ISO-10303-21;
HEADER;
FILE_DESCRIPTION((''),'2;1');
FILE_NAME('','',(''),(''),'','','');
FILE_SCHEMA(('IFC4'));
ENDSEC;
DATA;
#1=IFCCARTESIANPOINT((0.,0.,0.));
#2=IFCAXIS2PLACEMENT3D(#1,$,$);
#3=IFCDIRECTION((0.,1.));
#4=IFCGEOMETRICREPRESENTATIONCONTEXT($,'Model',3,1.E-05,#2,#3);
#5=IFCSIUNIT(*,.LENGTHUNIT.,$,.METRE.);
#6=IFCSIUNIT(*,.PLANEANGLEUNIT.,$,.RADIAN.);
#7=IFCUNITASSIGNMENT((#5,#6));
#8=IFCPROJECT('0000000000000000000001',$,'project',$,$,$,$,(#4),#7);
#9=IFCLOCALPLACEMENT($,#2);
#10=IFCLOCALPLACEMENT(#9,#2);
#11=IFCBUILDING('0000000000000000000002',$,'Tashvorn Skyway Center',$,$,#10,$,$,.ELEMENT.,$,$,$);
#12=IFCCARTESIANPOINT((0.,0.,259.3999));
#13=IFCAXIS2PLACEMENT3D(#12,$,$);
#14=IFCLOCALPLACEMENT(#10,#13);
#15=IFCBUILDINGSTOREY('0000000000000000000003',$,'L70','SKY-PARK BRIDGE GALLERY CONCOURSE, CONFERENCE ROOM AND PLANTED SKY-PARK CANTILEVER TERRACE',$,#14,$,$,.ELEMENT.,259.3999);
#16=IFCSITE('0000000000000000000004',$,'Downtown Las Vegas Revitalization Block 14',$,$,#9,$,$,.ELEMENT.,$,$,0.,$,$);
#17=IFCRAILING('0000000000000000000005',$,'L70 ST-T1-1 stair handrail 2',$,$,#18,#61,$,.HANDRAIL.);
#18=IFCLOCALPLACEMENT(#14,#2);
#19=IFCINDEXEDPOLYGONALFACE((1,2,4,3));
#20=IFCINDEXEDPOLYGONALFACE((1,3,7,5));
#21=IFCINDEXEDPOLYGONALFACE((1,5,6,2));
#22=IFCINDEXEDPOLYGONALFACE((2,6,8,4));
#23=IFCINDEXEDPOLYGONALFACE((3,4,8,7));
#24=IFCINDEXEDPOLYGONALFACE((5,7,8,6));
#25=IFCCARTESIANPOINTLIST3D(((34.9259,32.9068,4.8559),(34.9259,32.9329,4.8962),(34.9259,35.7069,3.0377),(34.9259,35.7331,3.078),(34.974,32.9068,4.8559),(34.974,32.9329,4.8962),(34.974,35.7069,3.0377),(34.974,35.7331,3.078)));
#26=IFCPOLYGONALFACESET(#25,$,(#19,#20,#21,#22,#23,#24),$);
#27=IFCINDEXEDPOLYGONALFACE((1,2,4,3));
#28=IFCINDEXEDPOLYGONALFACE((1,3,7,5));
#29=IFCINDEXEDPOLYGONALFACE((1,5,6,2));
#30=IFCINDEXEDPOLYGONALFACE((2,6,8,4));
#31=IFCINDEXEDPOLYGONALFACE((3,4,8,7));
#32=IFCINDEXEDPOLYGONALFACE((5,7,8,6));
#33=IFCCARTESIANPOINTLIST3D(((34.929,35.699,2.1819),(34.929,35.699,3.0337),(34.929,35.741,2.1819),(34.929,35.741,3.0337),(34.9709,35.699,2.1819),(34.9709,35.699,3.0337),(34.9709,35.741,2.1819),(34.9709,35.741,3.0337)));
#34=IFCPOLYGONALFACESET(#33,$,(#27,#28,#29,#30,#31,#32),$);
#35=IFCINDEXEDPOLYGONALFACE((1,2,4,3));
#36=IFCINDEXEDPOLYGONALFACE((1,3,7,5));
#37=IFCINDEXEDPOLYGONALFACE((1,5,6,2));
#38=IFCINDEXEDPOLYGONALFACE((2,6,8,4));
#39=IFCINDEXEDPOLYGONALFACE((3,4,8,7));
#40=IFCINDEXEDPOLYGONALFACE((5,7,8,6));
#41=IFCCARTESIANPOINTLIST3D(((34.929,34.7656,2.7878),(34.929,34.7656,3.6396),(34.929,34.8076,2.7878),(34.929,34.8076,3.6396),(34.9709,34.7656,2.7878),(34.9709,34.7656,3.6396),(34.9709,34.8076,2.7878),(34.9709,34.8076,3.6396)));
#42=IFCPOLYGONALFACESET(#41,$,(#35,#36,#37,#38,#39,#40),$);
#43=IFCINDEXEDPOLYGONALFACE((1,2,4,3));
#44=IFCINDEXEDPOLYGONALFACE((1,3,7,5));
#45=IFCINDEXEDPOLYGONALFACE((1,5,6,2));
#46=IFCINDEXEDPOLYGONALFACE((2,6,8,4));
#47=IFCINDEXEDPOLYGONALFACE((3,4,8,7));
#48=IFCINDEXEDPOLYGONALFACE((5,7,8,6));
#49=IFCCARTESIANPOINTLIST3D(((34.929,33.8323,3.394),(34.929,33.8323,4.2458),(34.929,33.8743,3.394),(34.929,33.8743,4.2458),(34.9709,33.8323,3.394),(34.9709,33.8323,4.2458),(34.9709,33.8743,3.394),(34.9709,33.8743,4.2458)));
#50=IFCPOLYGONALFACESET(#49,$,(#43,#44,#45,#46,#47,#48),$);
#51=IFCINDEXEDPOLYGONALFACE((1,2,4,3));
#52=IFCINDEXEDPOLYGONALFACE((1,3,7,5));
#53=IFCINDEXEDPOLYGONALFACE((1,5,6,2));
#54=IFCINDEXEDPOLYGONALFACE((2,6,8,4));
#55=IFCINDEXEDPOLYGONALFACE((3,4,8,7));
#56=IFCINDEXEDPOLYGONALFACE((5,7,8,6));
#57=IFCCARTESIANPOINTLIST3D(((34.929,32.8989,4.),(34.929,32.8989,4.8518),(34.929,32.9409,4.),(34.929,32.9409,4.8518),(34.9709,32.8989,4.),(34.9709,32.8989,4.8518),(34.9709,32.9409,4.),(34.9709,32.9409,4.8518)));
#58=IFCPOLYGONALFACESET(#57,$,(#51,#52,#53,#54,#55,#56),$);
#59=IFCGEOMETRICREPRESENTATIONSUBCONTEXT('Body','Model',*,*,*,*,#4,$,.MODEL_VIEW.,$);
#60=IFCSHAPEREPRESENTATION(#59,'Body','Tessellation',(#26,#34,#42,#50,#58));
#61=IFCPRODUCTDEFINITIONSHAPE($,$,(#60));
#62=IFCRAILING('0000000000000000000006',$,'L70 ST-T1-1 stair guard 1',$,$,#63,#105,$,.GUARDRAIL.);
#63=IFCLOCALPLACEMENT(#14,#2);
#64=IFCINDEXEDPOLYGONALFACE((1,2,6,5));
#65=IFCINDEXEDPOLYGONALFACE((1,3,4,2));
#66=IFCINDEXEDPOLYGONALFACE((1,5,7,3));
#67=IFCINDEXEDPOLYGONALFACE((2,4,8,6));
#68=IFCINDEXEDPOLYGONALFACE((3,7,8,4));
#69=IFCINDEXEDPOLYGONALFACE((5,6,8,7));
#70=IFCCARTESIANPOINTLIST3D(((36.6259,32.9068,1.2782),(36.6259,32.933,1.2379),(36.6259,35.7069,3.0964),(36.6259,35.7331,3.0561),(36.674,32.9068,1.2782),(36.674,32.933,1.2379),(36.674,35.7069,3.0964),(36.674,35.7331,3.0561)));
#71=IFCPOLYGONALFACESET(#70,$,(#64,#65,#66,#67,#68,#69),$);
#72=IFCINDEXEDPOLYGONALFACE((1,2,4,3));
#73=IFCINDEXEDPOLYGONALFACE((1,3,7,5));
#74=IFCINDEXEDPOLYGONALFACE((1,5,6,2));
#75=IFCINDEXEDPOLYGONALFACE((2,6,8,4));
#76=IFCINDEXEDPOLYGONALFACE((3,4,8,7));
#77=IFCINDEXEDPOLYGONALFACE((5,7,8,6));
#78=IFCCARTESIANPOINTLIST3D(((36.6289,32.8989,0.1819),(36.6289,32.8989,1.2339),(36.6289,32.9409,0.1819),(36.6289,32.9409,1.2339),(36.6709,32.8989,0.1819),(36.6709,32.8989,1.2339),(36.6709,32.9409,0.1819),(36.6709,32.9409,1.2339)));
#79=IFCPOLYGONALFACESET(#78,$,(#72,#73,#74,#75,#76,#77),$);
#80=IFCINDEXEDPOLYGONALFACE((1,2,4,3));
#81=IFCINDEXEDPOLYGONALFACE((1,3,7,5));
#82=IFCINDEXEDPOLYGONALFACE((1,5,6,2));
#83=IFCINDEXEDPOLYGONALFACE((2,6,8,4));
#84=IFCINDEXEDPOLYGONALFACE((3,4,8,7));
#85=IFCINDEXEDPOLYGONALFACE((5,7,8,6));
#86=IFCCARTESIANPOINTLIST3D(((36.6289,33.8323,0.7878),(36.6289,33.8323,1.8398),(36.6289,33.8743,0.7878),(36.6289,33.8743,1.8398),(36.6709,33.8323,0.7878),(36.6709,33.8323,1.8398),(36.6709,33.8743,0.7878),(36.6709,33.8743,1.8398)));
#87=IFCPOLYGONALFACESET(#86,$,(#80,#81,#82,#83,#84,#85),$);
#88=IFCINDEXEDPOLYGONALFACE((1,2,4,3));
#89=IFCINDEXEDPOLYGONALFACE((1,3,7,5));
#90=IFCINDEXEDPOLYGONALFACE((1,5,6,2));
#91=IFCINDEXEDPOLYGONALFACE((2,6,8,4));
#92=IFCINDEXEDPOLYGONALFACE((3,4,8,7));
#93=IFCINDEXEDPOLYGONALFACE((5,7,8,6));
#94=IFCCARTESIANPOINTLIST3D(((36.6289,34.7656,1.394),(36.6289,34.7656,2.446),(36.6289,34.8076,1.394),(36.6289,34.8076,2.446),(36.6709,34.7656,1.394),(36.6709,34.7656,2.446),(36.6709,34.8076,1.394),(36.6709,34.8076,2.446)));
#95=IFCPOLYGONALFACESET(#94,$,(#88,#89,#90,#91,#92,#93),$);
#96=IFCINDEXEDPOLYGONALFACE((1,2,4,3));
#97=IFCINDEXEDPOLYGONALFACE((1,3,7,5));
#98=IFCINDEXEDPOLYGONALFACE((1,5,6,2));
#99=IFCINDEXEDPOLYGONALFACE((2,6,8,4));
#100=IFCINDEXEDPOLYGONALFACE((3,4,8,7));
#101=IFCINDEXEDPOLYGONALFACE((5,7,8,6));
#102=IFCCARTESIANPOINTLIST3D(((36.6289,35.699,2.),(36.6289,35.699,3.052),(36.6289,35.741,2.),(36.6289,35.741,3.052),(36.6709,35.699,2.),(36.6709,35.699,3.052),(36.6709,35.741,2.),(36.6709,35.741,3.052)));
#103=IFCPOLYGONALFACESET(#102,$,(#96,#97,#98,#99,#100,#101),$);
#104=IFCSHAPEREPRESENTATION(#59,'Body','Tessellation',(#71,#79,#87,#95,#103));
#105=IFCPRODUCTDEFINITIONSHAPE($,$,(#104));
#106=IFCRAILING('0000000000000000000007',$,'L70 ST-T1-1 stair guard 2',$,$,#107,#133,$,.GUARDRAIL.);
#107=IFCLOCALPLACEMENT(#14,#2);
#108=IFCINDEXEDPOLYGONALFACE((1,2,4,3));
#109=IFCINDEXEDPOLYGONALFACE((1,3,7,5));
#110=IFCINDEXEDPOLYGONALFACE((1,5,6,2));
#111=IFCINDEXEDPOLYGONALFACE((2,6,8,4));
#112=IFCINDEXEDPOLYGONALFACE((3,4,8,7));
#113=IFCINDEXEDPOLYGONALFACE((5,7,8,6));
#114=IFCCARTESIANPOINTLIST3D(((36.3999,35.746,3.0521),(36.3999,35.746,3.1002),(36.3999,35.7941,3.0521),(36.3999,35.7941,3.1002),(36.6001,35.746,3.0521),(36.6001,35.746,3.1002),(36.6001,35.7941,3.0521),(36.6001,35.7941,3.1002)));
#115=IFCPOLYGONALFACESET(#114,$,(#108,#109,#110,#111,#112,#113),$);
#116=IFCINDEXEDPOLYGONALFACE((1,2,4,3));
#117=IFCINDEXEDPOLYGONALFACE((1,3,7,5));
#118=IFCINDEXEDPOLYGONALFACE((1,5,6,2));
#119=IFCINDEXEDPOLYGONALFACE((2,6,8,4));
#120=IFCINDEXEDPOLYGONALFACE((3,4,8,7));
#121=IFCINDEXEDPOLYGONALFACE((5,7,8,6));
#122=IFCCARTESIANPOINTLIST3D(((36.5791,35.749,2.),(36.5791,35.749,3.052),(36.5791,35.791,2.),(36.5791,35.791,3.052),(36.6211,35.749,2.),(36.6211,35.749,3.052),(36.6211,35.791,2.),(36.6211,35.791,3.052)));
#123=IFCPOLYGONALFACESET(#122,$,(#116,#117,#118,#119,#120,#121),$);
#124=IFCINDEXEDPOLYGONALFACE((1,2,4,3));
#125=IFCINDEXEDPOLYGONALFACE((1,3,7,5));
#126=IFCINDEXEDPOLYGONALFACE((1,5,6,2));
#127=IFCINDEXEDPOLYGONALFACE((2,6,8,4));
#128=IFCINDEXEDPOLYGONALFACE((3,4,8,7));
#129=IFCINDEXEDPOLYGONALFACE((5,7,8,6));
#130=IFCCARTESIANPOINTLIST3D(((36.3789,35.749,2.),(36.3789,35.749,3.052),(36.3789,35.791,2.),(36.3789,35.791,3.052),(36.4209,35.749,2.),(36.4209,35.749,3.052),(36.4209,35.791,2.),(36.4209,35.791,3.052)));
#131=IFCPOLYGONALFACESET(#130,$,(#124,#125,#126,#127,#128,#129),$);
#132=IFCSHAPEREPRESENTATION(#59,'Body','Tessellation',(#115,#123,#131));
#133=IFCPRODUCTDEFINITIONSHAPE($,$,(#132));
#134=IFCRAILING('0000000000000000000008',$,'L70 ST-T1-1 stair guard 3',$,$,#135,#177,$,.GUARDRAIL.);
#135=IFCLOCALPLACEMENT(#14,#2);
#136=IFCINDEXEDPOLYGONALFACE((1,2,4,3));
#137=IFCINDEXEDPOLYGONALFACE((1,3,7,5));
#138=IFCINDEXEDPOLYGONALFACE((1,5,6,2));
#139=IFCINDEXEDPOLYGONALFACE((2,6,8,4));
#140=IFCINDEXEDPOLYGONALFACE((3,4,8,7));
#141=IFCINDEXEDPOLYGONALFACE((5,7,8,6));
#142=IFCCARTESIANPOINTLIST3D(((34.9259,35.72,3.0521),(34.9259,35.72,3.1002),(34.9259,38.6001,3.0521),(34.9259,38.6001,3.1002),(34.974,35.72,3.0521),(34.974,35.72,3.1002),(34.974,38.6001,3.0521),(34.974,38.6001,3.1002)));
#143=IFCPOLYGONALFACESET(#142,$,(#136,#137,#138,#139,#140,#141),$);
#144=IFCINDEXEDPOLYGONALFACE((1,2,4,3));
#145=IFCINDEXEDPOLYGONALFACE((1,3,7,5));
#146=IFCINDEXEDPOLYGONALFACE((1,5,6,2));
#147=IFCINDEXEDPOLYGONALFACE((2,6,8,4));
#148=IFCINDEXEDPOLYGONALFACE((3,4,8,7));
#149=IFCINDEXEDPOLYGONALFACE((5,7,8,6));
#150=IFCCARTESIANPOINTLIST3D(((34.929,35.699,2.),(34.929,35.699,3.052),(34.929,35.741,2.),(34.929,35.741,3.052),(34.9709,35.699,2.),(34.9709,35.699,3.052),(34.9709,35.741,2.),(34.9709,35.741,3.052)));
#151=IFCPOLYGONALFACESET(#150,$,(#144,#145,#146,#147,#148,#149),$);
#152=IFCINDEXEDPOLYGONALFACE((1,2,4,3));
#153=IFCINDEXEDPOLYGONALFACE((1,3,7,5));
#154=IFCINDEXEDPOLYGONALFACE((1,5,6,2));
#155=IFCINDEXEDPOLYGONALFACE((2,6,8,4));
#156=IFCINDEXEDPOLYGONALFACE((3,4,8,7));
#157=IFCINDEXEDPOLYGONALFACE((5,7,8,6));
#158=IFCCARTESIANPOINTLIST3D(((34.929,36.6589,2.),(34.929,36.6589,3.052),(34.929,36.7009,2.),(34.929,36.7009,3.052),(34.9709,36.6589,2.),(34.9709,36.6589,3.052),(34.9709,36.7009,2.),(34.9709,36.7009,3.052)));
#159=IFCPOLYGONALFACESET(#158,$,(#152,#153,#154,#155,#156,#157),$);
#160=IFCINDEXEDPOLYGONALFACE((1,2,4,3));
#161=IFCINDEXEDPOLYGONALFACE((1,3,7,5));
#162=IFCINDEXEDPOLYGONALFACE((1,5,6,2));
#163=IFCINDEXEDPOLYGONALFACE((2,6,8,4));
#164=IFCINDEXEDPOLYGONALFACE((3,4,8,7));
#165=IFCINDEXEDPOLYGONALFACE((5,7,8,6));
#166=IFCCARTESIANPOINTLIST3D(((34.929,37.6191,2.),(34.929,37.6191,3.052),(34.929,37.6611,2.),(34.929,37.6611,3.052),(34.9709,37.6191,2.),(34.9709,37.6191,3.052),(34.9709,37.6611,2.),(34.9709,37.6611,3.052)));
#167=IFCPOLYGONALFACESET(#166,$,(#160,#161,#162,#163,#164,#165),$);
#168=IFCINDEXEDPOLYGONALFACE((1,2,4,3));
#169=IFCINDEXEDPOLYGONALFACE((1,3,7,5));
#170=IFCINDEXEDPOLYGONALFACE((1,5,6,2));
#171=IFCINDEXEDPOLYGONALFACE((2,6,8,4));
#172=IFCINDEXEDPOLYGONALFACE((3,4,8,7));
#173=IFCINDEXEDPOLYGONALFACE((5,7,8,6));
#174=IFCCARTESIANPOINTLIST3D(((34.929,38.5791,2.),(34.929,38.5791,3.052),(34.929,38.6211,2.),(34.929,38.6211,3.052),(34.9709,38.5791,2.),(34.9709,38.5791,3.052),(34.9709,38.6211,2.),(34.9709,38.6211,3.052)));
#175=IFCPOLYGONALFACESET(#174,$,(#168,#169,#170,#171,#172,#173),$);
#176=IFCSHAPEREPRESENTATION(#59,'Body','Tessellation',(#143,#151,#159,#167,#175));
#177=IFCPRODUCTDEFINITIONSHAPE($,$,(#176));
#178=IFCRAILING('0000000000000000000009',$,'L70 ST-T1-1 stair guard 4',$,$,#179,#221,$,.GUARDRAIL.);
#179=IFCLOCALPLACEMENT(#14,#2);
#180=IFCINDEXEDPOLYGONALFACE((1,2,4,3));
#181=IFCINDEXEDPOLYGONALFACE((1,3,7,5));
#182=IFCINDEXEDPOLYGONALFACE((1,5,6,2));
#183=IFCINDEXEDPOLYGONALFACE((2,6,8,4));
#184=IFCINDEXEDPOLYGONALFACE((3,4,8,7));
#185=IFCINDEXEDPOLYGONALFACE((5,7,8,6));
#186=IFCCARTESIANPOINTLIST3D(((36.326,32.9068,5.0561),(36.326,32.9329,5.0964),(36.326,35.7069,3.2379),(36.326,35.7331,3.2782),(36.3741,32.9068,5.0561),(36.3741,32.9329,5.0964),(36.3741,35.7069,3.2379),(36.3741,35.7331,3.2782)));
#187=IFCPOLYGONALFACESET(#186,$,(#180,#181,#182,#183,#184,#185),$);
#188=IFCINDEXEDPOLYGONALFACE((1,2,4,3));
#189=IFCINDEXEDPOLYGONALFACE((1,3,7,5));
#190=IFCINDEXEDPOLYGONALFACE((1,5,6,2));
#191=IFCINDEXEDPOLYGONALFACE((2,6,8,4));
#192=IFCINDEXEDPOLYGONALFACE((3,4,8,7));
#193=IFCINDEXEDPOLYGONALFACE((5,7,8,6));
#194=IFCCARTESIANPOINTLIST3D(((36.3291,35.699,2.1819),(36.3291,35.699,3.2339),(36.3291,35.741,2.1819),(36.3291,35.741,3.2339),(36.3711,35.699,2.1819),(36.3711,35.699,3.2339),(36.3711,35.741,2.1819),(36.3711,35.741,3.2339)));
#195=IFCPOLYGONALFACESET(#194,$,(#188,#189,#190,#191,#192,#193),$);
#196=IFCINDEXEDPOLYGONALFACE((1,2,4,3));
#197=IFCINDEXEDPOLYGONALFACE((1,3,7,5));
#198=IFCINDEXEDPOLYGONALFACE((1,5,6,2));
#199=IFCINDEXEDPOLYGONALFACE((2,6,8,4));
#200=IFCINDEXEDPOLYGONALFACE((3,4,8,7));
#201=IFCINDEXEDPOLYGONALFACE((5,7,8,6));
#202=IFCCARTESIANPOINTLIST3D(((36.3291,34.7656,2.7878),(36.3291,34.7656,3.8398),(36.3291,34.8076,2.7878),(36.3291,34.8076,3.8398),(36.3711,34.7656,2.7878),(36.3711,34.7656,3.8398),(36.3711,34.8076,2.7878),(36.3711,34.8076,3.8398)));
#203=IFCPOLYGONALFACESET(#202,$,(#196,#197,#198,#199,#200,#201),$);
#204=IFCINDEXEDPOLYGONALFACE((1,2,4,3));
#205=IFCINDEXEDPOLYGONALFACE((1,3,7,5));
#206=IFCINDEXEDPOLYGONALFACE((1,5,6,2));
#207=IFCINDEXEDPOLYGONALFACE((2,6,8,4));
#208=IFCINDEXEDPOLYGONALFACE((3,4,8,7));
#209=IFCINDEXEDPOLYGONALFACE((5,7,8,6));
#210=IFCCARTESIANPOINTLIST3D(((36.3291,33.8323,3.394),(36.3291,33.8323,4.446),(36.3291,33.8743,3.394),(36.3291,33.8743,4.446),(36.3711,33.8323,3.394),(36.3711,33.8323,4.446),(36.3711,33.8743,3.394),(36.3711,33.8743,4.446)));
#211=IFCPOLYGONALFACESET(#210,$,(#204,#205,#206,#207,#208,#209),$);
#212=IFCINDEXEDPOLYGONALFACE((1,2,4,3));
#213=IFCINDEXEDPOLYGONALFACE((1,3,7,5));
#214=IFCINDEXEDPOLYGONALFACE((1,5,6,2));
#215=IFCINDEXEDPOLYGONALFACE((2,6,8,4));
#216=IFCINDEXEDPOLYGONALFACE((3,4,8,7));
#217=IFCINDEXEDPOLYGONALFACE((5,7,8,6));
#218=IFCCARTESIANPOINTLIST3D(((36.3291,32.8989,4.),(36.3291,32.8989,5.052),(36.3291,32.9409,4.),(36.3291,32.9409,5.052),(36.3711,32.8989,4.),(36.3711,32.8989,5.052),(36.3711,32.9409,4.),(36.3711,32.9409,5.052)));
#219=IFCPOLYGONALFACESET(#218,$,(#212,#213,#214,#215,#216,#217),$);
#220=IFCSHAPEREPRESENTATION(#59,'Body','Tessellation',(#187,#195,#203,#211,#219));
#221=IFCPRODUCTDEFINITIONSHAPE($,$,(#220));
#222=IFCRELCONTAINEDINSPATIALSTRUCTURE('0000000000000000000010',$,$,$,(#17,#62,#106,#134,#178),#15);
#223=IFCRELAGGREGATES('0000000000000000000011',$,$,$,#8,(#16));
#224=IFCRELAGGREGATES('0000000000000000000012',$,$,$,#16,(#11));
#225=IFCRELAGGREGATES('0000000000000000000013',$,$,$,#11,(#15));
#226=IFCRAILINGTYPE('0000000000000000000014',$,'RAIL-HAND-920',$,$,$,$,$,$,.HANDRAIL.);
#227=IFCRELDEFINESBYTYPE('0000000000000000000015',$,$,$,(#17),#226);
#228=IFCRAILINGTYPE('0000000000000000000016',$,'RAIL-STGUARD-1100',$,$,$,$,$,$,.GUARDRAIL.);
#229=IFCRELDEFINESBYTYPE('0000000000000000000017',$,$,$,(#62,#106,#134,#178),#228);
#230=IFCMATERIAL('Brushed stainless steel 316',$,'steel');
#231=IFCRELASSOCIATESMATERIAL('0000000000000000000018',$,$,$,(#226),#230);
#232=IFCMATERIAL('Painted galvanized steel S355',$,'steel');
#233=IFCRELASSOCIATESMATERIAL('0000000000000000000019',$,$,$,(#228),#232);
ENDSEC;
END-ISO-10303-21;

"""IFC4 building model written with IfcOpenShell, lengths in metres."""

from ifc_helpers import new_model, si_unit, direction, frame, origin, origin_2d, place, context, subcontext, project, spatial, rectangle, extrude, material, type_object, element, save


model = new_model("IFC4")

# Units and contexts
model_context = context("Model", 3, precision=1e-05, world=origin(), true_north=direction((0.0, 1.0)))
body_context = subcontext(model_context, "Body", "Model", "MODEL_VIEW")
ifc_project = project(units=[si_unit("LENGTHUNIT", "METRE"), si_unit("PLANEANGLEUNIT", "RADIAN")], contexts=[model_context])

# Site, building, storey
site_placement = place(None, origin())
site = spatial("IfcSite", under=ifc_project, at=site_placement, Name="Downtown Las Vegas Revitalization Block 14", CompositionType="ELEMENT", RefElevation=0.0)
building_placement = place(site_placement, origin())
building = spatial("IfcBuilding", under=site, at=building_placement, Name="Tashvorn Skyway Center", CompositionType="ELEMENT")
storey_placement = place(building_placement, frame((0.0, 0.0, 259.3999)))
storey = spatial("IfcBuildingStorey", under=building, at=storey_placement, Name="L70", Description="SKY-PARK BRIDGE GALLERY CONCOURSE, CONFERENCE ROOM AND PLANTED SKY-PARK CANTILEVER TERRACE", CompositionType="ELEMENT", Elevation=259.3999)

# Railings
ifc_material_1 = material(Name="Brushed stainless steel 316", Category="steel")
railing_type_1 = type_object("IfcRailingType", Name="RAIL-HAND-920", PredefinedType="HANDRAIL", material=ifc_material_1)
railing_1_placement = place(storey_placement, frame((34.95, 35.72, 2.1819)))
element("IfcRailing", 1, at=railing_1_placement, inside=storey, type_object=railing_type_1, Name="L70 ST-T1-1 stair handrail 2", PredefinedType="HANDRAIL", context=body_context, shape_type="SweptSolid", body=[
    extrude(rectangle(XDim=0.0481, YDim=0.0481, at=origin_2d()), frame((0.0, 0.0, 0.876), z_axis=(0.0, -0.838706, 0.544585), x_axis=(1.0, 0.0, 0.0)), (0.0, 0.0, 1.0), 3.3386),
    extrude(rectangle(XDim=0.042, YDim=0.042, at=origin_2d()), origin(), (0.0, 0.0, 1.0), 0.8518),
    extrude(rectangle(XDim=0.042, YDim=0.042, at=origin_2d()), frame((0.0, -0.9333, 0.606)), (0.0, 0.0, 1.0), 0.8518),
    extrude(rectangle(XDim=0.042, YDim=0.042, at=origin_2d()), frame((0.0, -1.8667, 1.2122)), (0.0, 0.0, 1.0), 0.8518),
    extrude(rectangle(XDim=0.042, YDim=0.042, at=origin_2d()), frame((0.0, -2.8, 1.8181)), (0.0, 0.0, 1.0), 0.8518),
])
ifc_material_2 = material(Name="Painted galvanized steel S355", Category="steel")
railing_type_2 = type_object("IfcRailingType", Name="RAIL-STGUARD-1100", PredefinedType="GUARDRAIL", material=ifc_material_2)
railing_2_placement = place(storey_placement, frame((36.6499, 32.9199, 0.1819)))
element("IfcRailing", 2, at=railing_2_placement, inside=storey, type_object=railing_type_2, Name="L70 ST-T1-1 stair guard 1", PredefinedType="GUARDRAIL", context=body_context, shape_type="SweptSolid", body=[
    extrude(rectangle(XDim=0.0481, YDim=0.0481, at=origin_2d()), frame((0.0, 0.0, 1.0762), z_axis=(0.0, 0.838706, 0.544585), x_axis=(-1.0, 0.0, 0.0)), (0.0, 0.0, 1.0), 3.3386),
    extrude(rectangle(XDim=0.042, YDim=0.042, at=origin_2d()), origin(), (0.0, 0.0, 1.0), 1.052),
    extrude(rectangle(XDim=0.042, YDim=0.042, at=origin_2d()), frame((0.0, 0.9333, 0.606)), (0.0, 0.0, 1.0), 1.052),
    extrude(rectangle(XDim=0.042, YDim=0.042, at=origin_2d()), frame((0.0, 1.8667, 1.2122)), (0.0, 0.0, 1.0), 1.052),
    extrude(rectangle(XDim=0.042, YDim=0.042, at=origin_2d()), frame((0.0, 2.8, 1.8181)), (0.0, 0.0, 1.0), 1.052),
])
railing_3_placement = place(storey_placement, frame((36.6001, 35.77, 2.0)))
element("IfcRailing", 3, at=railing_3_placement, inside=storey, type_object=railing_type_2, Name="L70 ST-T1-1 stair guard 2", PredefinedType="GUARDRAIL", context=body_context, shape_type="SweptSolid", body=[
    extrude(rectangle(XDim=0.0481, YDim=0.0481, at=origin_2d()), frame((0.0, 0.0, 1.0762), z_axis=(-1.0, 0.0, 0.0), x_axis=(0.0, -1.0, 0.0)), (0.0, 0.0, 1.0), 0.2002),
    extrude(rectangle(XDim=0.042, YDim=0.042, at=origin_2d()), origin(), (0.0, 0.0, 1.0), 1.052),
    extrude(rectangle(XDim=0.042, YDim=0.042, at=origin_2d()), frame((-0.2002, 0.0, 0.0)), (0.0, 0.0, 1.0), 1.052),
])
railing_4_placement = place(storey_placement, frame((34.95, 35.72, 2.0)))
element("IfcRailing", 4, at=railing_4_placement, inside=storey, type_object=railing_type_2, Name="L70 ST-T1-1 stair guard 3", PredefinedType="GUARDRAIL", context=body_context, shape_type="SweptSolid", body=[
    extrude(rectangle(XDim=0.0481, YDim=0.0481, at=origin_2d()), frame((0.0, 0.0, 1.0762), z_axis=(0.0, 1.0, 0.0), x_axis=(-1.0, 0.0, 0.0)), (0.0, 0.0, 1.0), 2.8801),
    extrude(rectangle(XDim=0.042, YDim=0.042, at=origin_2d()), origin(), (0.0, 0.0, 1.0), 1.052),
    extrude(rectangle(XDim=0.042, YDim=0.042, at=origin_2d()), frame((0.0, 0.96, 0.0)), (0.0, 0.0, 1.0), 1.052),
    extrude(rectangle(XDim=0.042, YDim=0.042, at=origin_2d()), frame((0.0, 1.9202, 0.0)), (0.0, 0.0, 1.0), 1.052),
    extrude(rectangle(XDim=0.042, YDim=0.042, at=origin_2d()), frame((0.0, 2.8801, 0.0)), (0.0, 0.0, 1.0), 1.052),
])
railing_5_placement = place(storey_placement, frame((36.3501, 35.72, 2.1819)))
element("IfcRailing", 5, at=railing_5_placement, inside=storey, type_object=railing_type_2, Name="L70 ST-T1-1 stair guard 4", PredefinedType="GUARDRAIL", context=body_context, shape_type="SweptSolid", body=[
    extrude(rectangle(XDim=0.0481, YDim=0.0481, at=origin_2d()), frame((0.0, 0.0, 1.0762), z_axis=(0.0, -0.838706, 0.544585), x_axis=(1.0, 0.0, 0.0)), (0.0, 0.0, 1.0), 3.3386),
    extrude(rectangle(XDim=0.042, YDim=0.042, at=origin_2d()), origin(), (0.0, 0.0, 1.0), 1.052),
    extrude(rectangle(XDim=0.042, YDim=0.042, at=origin_2d()), frame((0.0, -0.9333, 0.606)), (0.0, 0.0, 1.0), 1.052),
    extrude(rectangle(XDim=0.042, YDim=0.042, at=origin_2d()), frame((0.0, -1.8667, 1.2122)), (0.0, 0.0, 1.0), 1.052),
    extrude(rectangle(XDim=0.042, YDim=0.042, at=origin_2d()), frame((0.0, -2.8, 1.8181)), (0.0, 0.0, 1.0), 1.052),
])

save(model, "model.ifc")
